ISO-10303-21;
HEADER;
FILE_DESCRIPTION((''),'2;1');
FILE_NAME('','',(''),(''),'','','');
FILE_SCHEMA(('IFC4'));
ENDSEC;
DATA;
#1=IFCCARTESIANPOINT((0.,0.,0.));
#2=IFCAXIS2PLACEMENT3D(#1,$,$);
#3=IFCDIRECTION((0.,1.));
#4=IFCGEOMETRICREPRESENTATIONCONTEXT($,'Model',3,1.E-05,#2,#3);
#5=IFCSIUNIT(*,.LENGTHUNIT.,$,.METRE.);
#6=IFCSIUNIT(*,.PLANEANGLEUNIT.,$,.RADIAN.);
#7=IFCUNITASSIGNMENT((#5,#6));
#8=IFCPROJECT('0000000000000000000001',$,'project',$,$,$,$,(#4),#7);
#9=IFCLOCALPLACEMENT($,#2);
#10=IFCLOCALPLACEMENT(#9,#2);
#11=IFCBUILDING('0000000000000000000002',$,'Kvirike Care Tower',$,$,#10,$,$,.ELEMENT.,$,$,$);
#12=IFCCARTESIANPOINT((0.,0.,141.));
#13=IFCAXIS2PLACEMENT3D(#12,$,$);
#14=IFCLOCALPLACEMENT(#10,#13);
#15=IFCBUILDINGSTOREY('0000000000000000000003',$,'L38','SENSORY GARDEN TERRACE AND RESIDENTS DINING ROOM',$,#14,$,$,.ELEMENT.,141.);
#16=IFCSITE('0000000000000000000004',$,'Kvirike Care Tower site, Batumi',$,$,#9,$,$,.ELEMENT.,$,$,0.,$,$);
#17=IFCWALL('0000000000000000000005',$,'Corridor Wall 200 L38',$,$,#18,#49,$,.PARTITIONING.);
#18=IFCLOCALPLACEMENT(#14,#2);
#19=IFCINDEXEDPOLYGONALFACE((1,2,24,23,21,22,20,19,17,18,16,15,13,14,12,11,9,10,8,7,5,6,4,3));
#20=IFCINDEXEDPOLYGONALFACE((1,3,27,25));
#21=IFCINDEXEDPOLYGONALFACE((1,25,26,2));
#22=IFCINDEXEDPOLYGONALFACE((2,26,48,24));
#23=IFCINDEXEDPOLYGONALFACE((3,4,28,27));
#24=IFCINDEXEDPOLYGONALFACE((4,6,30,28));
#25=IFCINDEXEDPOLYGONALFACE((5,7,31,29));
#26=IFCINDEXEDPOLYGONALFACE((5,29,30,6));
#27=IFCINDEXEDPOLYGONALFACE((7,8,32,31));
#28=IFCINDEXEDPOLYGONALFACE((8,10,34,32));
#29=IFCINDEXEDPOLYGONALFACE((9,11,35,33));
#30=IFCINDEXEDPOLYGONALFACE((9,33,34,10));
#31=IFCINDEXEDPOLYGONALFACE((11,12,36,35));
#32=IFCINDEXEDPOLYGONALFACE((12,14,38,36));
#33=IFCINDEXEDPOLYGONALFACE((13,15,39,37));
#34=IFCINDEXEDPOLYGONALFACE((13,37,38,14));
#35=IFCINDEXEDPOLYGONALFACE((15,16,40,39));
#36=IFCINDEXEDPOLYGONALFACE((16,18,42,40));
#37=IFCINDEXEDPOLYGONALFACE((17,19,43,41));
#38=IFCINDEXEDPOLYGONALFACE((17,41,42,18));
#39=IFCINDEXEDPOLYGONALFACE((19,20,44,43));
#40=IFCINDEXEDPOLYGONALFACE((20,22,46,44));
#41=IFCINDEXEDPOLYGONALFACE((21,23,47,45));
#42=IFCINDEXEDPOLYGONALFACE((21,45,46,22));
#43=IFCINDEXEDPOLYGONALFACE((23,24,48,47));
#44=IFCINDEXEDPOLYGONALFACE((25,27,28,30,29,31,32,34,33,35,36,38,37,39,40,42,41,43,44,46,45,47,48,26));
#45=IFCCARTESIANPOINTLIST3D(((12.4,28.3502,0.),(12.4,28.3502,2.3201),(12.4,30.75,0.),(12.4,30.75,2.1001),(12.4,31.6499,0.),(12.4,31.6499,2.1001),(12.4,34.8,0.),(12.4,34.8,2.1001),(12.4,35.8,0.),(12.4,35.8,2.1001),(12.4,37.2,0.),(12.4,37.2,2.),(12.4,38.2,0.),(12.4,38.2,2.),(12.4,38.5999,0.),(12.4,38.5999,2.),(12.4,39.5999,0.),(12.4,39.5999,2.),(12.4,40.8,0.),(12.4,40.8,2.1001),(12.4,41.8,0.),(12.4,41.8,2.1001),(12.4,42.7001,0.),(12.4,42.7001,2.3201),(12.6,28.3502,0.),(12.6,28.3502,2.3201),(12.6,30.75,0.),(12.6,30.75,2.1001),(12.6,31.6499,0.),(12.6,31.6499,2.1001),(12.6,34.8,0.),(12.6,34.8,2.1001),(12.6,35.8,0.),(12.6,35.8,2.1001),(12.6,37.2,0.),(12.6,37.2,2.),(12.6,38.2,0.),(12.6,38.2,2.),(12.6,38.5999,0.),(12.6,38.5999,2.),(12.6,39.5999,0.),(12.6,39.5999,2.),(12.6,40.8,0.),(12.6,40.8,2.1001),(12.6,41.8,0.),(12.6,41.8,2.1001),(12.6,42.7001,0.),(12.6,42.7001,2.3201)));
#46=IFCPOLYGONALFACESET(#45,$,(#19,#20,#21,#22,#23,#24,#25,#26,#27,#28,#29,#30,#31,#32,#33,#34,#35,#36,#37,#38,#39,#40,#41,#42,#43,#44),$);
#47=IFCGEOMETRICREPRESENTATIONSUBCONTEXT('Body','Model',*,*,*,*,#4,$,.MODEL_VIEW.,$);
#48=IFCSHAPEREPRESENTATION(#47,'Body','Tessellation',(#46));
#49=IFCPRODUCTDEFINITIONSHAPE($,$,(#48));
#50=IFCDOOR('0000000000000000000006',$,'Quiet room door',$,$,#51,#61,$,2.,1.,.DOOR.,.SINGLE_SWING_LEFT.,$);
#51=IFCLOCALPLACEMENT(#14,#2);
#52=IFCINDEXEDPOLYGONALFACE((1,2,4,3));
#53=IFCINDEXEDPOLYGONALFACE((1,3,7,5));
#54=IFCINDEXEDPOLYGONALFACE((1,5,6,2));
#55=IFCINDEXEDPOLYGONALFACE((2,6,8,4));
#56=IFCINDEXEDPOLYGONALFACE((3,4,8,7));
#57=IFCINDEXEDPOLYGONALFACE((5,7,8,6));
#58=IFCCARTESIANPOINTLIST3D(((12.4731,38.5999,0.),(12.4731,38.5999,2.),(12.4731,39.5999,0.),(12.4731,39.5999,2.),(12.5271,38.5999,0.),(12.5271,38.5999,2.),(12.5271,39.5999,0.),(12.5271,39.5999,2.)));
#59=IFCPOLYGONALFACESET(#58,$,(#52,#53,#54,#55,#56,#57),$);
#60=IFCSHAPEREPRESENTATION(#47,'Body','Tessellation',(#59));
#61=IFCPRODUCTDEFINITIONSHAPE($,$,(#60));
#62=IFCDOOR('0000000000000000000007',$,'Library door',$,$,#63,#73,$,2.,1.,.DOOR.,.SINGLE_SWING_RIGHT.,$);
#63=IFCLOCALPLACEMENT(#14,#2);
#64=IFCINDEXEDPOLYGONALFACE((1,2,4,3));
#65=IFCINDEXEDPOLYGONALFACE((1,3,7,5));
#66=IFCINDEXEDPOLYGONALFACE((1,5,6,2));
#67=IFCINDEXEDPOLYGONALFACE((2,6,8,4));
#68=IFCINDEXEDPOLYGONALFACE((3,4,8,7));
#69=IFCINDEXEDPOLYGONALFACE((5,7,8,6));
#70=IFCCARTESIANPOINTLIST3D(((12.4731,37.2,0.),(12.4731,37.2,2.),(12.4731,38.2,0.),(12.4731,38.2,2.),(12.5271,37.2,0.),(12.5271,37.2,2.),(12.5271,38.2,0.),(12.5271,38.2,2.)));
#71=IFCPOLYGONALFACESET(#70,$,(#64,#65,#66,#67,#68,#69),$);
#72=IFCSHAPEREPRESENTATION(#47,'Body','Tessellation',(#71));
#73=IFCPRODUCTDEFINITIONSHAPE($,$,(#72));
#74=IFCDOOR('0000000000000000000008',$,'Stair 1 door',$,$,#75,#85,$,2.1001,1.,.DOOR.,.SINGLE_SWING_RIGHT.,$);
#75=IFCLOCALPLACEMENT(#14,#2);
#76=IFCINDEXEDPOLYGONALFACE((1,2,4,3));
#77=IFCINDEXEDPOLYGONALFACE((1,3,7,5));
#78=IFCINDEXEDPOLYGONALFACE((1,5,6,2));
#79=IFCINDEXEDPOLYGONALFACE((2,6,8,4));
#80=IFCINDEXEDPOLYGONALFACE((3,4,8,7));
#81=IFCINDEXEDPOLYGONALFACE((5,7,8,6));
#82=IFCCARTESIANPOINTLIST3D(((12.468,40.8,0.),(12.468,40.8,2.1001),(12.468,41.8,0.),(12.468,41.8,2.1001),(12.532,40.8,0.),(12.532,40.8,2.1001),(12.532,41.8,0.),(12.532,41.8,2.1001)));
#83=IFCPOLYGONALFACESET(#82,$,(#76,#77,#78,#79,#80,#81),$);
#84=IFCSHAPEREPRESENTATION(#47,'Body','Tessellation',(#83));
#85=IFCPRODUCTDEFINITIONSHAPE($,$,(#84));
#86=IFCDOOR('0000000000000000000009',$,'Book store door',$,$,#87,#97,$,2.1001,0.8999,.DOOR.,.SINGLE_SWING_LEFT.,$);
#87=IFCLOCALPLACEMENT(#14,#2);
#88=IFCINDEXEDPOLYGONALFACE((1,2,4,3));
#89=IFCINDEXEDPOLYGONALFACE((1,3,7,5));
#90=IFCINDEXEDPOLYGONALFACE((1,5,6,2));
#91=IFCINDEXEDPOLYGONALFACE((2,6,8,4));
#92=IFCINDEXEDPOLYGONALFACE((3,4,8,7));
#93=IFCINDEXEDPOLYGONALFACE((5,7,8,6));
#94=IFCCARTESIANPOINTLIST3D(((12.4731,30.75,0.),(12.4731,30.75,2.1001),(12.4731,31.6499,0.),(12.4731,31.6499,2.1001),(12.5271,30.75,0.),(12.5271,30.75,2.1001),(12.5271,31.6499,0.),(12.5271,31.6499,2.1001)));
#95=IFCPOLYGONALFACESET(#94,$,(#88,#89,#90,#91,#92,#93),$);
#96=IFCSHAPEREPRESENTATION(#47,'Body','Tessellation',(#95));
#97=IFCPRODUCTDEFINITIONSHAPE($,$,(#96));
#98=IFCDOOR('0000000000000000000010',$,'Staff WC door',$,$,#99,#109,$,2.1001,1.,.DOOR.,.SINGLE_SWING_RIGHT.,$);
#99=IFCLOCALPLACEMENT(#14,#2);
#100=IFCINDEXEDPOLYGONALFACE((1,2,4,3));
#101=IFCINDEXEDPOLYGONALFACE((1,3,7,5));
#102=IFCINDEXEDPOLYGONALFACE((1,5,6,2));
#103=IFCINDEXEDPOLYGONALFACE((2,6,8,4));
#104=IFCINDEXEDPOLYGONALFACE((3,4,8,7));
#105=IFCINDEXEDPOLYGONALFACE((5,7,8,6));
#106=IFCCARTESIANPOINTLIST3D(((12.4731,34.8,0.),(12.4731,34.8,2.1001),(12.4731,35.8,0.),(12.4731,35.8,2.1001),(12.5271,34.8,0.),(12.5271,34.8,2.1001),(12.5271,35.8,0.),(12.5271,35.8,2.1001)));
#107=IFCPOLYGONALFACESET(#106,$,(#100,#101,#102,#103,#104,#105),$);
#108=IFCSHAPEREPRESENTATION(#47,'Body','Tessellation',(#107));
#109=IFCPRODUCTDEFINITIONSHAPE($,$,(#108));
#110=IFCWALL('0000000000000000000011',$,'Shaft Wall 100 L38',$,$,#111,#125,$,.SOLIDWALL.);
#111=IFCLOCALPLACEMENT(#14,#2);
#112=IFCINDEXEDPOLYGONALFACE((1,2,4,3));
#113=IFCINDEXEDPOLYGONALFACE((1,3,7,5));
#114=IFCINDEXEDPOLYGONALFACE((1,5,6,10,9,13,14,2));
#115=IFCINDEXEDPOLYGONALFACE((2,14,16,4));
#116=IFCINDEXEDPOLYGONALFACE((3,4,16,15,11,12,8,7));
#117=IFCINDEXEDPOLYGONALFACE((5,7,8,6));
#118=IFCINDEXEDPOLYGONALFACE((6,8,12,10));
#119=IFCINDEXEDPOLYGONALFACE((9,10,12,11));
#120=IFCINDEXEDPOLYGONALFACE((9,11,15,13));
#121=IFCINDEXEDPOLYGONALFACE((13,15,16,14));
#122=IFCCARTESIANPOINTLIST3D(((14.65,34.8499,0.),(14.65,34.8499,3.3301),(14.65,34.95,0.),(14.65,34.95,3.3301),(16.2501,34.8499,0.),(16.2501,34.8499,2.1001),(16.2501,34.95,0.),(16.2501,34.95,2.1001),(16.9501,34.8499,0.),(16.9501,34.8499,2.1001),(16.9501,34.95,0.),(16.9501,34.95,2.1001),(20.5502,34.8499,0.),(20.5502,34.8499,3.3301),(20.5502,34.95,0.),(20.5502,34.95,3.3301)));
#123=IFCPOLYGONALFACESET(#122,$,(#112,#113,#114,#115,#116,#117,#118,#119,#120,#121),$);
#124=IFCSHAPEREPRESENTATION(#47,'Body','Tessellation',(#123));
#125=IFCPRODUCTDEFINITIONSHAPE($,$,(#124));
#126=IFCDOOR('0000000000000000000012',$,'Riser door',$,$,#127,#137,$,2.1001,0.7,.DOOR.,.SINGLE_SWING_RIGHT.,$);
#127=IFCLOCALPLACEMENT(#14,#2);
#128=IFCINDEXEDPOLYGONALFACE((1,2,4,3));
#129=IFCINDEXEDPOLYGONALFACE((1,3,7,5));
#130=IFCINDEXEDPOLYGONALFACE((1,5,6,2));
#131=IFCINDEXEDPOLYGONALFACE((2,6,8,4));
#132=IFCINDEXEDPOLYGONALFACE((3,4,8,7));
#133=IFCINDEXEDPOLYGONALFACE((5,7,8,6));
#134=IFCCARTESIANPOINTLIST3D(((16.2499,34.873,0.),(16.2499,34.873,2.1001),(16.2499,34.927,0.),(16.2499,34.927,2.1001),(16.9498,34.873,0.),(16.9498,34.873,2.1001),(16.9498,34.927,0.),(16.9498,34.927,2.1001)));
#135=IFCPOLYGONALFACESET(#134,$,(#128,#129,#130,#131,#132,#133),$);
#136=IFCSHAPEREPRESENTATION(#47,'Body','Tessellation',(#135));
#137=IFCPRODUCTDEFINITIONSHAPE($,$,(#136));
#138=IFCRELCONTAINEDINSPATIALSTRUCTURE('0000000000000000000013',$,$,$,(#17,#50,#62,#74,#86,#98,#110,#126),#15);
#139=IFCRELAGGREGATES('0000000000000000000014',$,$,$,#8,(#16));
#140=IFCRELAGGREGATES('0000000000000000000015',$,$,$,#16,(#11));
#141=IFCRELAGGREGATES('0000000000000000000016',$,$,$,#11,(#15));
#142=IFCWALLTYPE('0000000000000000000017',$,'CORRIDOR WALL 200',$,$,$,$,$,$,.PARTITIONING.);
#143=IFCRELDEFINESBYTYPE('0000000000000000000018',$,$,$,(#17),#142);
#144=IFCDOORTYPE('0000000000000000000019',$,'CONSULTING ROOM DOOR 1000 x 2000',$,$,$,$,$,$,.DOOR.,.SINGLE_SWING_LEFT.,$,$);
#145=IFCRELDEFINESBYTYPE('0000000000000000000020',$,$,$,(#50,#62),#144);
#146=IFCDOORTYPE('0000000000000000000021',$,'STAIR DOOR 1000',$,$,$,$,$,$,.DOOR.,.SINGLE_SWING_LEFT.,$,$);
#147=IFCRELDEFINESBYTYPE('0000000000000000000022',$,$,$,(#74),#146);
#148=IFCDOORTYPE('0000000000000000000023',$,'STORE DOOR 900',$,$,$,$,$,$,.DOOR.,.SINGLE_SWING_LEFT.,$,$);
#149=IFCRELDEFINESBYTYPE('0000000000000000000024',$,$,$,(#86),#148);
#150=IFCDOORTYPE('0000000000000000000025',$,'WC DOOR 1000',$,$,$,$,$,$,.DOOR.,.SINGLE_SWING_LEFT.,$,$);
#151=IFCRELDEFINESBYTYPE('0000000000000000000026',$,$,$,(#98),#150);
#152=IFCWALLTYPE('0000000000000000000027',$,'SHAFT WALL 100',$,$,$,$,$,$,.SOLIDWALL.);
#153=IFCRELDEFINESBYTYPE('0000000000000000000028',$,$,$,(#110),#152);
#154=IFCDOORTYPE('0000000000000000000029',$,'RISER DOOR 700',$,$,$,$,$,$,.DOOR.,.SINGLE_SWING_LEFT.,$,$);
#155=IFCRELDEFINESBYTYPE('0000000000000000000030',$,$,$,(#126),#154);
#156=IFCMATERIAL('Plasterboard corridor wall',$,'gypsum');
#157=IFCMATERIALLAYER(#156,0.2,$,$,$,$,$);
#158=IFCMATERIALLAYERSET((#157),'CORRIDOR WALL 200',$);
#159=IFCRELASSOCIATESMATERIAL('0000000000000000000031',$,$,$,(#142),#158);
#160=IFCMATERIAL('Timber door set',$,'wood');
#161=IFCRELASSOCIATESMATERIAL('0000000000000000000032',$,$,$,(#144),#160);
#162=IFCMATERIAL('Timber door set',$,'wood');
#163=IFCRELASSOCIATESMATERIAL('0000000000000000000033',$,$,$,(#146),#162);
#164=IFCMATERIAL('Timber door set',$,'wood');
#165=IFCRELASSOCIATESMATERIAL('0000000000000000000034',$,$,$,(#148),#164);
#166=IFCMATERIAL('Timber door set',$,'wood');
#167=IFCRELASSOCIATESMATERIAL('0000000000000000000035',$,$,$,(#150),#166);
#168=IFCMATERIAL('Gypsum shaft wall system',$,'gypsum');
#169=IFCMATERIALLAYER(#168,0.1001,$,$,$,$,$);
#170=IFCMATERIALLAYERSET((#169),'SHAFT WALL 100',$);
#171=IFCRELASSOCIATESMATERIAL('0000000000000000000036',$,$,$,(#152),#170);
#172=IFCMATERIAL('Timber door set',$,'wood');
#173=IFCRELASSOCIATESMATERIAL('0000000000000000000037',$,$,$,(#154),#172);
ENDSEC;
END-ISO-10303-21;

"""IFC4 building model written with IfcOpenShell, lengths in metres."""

from ifc_helpers import new_model, si_unit, direction, frame, frame_2d, origin, place, context, subcontext, project, spatial, rectangle, extrude, material, layer, layer_set, type_object, element, fill, save


model = new_model("IFC4")

# Units and contexts
model_context = context("Model", 3, precision=1e-05, world=origin(), true_north=direction((0.0, 1.0)))
body_context = subcontext(model_context, "Body", "Model", "MODEL_VIEW")
ifc_project = project(units=[si_unit("LENGTHUNIT", "METRE"), si_unit("PLANEANGLEUNIT", "RADIAN")], contexts=[model_context])

# Site, building, storey
site_placement = place(None, origin())
site = spatial("IfcSite", under=ifc_project, at=site_placement, Name="Kvirike Care Tower site, Batumi", CompositionType="ELEMENT", RefElevation=0.0)
building_placement = place(site_placement, origin())
building = spatial("IfcBuilding", under=site, at=building_placement, Name="Kvirike Care Tower", CompositionType="ELEMENT")
storey_placement = place(building_placement, frame((0.0, 0.0, 141.0)))
storey = spatial("IfcBuildingStorey", under=building, at=storey_placement, Name="L38", Description="SENSORY GARDEN TERRACE AND RESIDENTS DINING ROOM", CompositionType="ELEMENT", Elevation=141.0)

# Wall, openings, doors
ifc_material_1 = material(Name="Plasterboard corridor wall", Category="gypsum")
ifc_layer_1 = layer(ifc_material_1, 0.2)
ifc_layer_set_1 = layer_set([ifc_layer_1], Name="CORRIDOR WALL 200")
wall_type_1 = type_object("IfcWallType", Name="CORRIDOR WALL 200", PredefinedType="PARTITIONING", material=ifc_layer_set_1)
wall_1_placement = place(storey_placement, frame((12.5, 42.7, 0.0), z_axis=(0.0, 0.0, 1.0), x_axis=(0.0, -1.0, 0.0)))
wall_1 = element("IfcWall", 1, at=wall_1_placement, inside=storey, type_object=wall_type_1, Name="Corridor Wall 200 L38", PredefinedType="PARTITIONING", context=body_context, shape_type="SweptSolid", body=[
    extrude(rectangle(XDim=14.3499, YDim=0.2, at=frame_2d((7.1748, 0.0))), origin(), (0.0, 0.0, 1.0), 2.3201),
])
opening_1_placement = place(wall_1_placement, frame((0.8999, 0.0, 0.0)))
opening_1 = element("IfcOpeningElement", 2, at=opening_1_placement, cuts=wall_1, PredefinedType="OPENING", context=body_context, shape_type="SweptSolid", body=[
    extrude(rectangle(XDim=1.0, YDim=2.1001, at=frame_2d((0.5, 1.05))), frame((0.0, 0.1106, 0.0), z_axis=(0.0, -1.0, 0.0), x_axis=(1.0, 0.0, 0.0)), (0.0, 0.0, 1.0), 0.2209),
])
opening_2_placement = place(wall_1_placement, frame((3.1001, 0.0, 0.0)))
opening_2 = element("IfcOpeningElement", 3, at=opening_2_placement, cuts=wall_1, PredefinedType="OPENING", context=body_context, shape_type="SweptSolid", body=[
    extrude(rectangle(XDim=1.0, YDim=2.0, at=frame_2d((0.5, 1.0))), frame((0.0, 0.1106, 0.0), z_axis=(0.0, -1.0, 0.0), x_axis=(1.0, 0.0, 0.0)), (0.0, 0.0, 1.0), 0.2209),
])
opening_3_placement = place(wall_1_placement, frame((4.5, 0.0, 0.0)))
opening_3 = element("IfcOpeningElement", 4, at=opening_3_placement, cuts=wall_1, PredefinedType="OPENING", context=body_context, shape_type="SweptSolid", body=[
    extrude(rectangle(XDim=1.0, YDim=2.0, at=frame_2d((0.5, 1.0))), frame((0.0, 0.1106, 0.0), z_axis=(0.0, -1.0, 0.0), x_axis=(1.0, 0.0, 0.0)), (0.0, 0.0, 1.0), 0.2209),
])
opening_4_placement = place(wall_1_placement, frame((6.8999, 0.0, 0.0)))
opening_4 = element("IfcOpeningElement", 5, at=opening_4_placement, cuts=wall_1, PredefinedType="OPENING", context=body_context, shape_type="SweptSolid", body=[
    extrude(rectangle(XDim=1.0, YDim=2.1001, at=frame_2d((0.5, 1.05))), frame((0.0, 0.1106, 0.0), z_axis=(0.0, -1.0, 0.0), x_axis=(1.0, 0.0, 0.0)), (0.0, 0.0, 1.0), 0.2209),
])
opening_5_placement = place(wall_1_placement, frame((11.05, 0.0, 0.0)))
opening_5 = element("IfcOpeningElement", 6, at=opening_5_placement, cuts=wall_1, PredefinedType="OPENING", context=body_context, shape_type="SweptSolid", body=[
    extrude(rectangle(XDim=0.8999, YDim=2.1001, at=frame_2d((0.45, 1.05))), frame((0.0, 0.1106, 0.0), z_axis=(0.0, -1.0, 0.0), x_axis=(1.0, 0.0, 0.0)), (0.0, 0.0, 1.0), 0.2209),
])
ifc_material_2 = material(Name="Timber door set", Category="wood")
door_type_1 = type_object("IfcDoorType", Name="CONSULTING ROOM DOOR 1000 x 2000", OperationType="SINGLE_SWING_LEFT", PredefinedType="DOOR", material=ifc_material_2)
door_1_placement = place(opening_2_placement, frame((1.0, 0.0, 0.0), z_axis=(0.0, 0.0, 1.0), x_axis=(-1.0, 0.0, 0.0)))
door_1 = element("IfcDoor", 7, at=door_1_placement, inside=storey, type_object=door_type_1, Name="Quiet room door", OperationType="SINGLE_SWING_LEFT", OverallHeight=2.0, OverallWidth=1.0, PredefinedType="DOOR", context=body_context, shape_type="SweptSolid", body=[
    extrude(rectangle(XDim=1.0, YDim=2.0, at=frame_2d((0.5, 1.0))), frame((0.0, 0.0269, 0.0), z_axis=(0.0, -1.0, 0.0), x_axis=(1.0, 0.0, 0.0)), (0.0, 0.0, 1.0), 0.054),
])
fill(opening_2, door_1)
door_2_placement = place(opening_3_placement, frame((1.0, 0.0, 0.0), z_axis=(0.0, 0.0, 1.0), x_axis=(-1.0, 0.0, 0.0)))
door_2 = element("IfcDoor", 8, at=door_2_placement, inside=storey, type_object=door_type_1, Name="Library door", OperationType="SINGLE_SWING_RIGHT", OverallHeight=2.0, OverallWidth=1.0, PredefinedType="DOOR", context=body_context, shape_type="SweptSolid", body=[
    extrude(rectangle(XDim=1.0, YDim=2.0, at=frame_2d((0.5, 1.0))), frame((0.0, 0.0269, 0.0), z_axis=(0.0, -1.0, 0.0), x_axis=(1.0, 0.0, 0.0)), (0.0, 0.0, 1.0), 0.054),
])
fill(opening_3, door_2)
ifc_material_3 = material(Name="Timber door set", Category="wood")
door_type_2 = type_object("IfcDoorType", Name="STAIR DOOR 1000", OperationType="SINGLE_SWING_LEFT", PredefinedType="DOOR", material=ifc_material_3)
door_3_placement = place(opening_1_placement, frame((1.0, 0.0, 0.0), z_axis=(0.0, 0.0, 1.0), x_axis=(-1.0, 0.0, 0.0)))
door_3 = element("IfcDoor", 9, at=door_3_placement, inside=storey, type_object=door_type_2, Name="Stair 1 door", OperationType="SINGLE_SWING_RIGHT", OverallHeight=2.1001, OverallWidth=1.0, PredefinedType="DOOR", context=body_context, shape_type="SweptSolid", body=[
    extrude(rectangle(XDim=1.0, YDim=2.1001, at=frame_2d((0.5, 1.05))), frame((0.0, 0.032, 0.0), z_axis=(0.0, -1.0, 0.0), x_axis=(1.0, 0.0, 0.0)), (0.0, 0.0, 1.0), 0.064),
])
fill(opening_1, door_3)
ifc_material_4 = material(Name="Timber door set", Category="wood")
door_type_3 = type_object("IfcDoorType", Name="STORE DOOR 900", OperationType="SINGLE_SWING_LEFT", PredefinedType="DOOR", material=ifc_material_4)
door_4_placement = place(opening_5_placement, frame((0.8999, 0.0, 0.0), z_axis=(0.0, 0.0, 1.0), x_axis=(-1.0, 0.0, 0.0)))
door_4 = element("IfcDoor", 10, at=door_4_placement, inside=storey, type_object=door_type_3, Name="Book store door", OperationType="SINGLE_SWING_LEFT", OverallHeight=2.1001, OverallWidth=0.8999, PredefinedType="DOOR", context=body_context, shape_type="SweptSolid", body=[
    extrude(rectangle(XDim=0.8999, YDim=2.1001, at=frame_2d((0.45, 1.05))), frame((0.0, 0.0269, 0.0), z_axis=(0.0, -1.0, 0.0), x_axis=(1.0, 0.0, 0.0)), (0.0, 0.0, 1.0), 0.054),
])
fill(opening_5, door_4)
ifc_material_5 = material(Name="Timber door set", Category="wood")
door_type_4 = type_object("IfcDoorType", Name="WC DOOR 1000", OperationType="SINGLE_SWING_LEFT", PredefinedType="DOOR", material=ifc_material_5)
door_5_placement = place(opening_4_placement, frame((1.0, 0.0, 0.0), z_axis=(0.0, 0.0, 1.0), x_axis=(-1.0, 0.0, 0.0)))
door_5 = element("IfcDoor", 11, at=door_5_placement, inside=storey, type_object=door_type_4, Name="Staff WC door", OperationType="SINGLE_SWING_RIGHT", OverallHeight=2.1001, OverallWidth=1.0, PredefinedType="DOOR", context=body_context, shape_type="SweptSolid", body=[
    extrude(rectangle(XDim=1.0, YDim=2.1001, at=frame_2d((0.5, 1.05))), frame((0.0, 0.0269, 0.0), z_axis=(0.0, -1.0, 0.0), x_axis=(1.0, 0.0, 0.0)), (0.0, 0.0, 1.0), 0.054),
])
fill(opening_4, door_5)

# Wall, opening, door
ifc_material_6 = material(Name="Gypsum shaft wall system", Category="gypsum")
ifc_layer_2 = layer(ifc_material_6, 0.1001)
ifc_layer_set_2 = layer_set([ifc_layer_2], Name="SHAFT WALL 100")
wall_type_2 = type_object("IfcWallType", Name="SHAFT WALL 100", PredefinedType="SOLIDWALL", material=ifc_layer_set_2)
wall_2_placement = place(storey_placement, frame((14.6499, 34.8999, 0.0), z_axis=(0.0, 0.0, 1.0), x_axis=(1.0, 0.0, 0.0)))
wall_2 = element("IfcWall", 12, at=wall_2_placement, inside=storey, type_object=wall_type_2, Name="Shaft Wall 100 L38", PredefinedType="SOLIDWALL", context=body_context, shape_type="SweptSolid", body=[
    extrude(rectangle(XDim=5.9001, YDim=0.1001, at=frame_2d((2.9502, 0.0))), origin(), (0.0, 0.0, 1.0), 3.3301),
])
opening_6_placement = place(wall_2_placement, frame((1.6001, 0.0, 0.0)))
opening_6 = element("IfcOpeningElement", 13, at=opening_6_placement, cuts=wall_2, PredefinedType="OPENING", context=body_context, shape_type="SweptSolid", body=[
    extrude(rectangle(XDim=0.7, YDim=2.1001, at=frame_2d((0.3501, 1.05))), frame((0.0, 0.0605, 0.0), z_axis=(0.0, -1.0, 0.0), x_axis=(1.0, 0.0, 0.0)), (0.0, 0.0, 1.0), 0.1211),
])
ifc_material_7 = material(Name="Timber door set", Category="wood")
door_type_5 = type_object("IfcDoorType", Name="RISER DOOR 700", OperationType="SINGLE_SWING_LEFT", PredefinedType="DOOR", material=ifc_material_7)
door_6_placement = place(opening_6_placement, frame((0.7, 0.0, 0.0), z_axis=(0.0, 0.0, 1.0), x_axis=(-1.0, 0.0, 0.0)))
door_6 = element("IfcDoor", 14, at=door_6_placement, inside=storey, type_object=door_type_5, Name="Riser door", OperationType="SINGLE_SWING_RIGHT", OverallHeight=2.1001, OverallWidth=0.7, PredefinedType="DOOR", context=body_context, shape_type="SweptSolid", body=[
    extrude(rectangle(XDim=0.7, YDim=2.1001, at=frame_2d((0.3501, 1.05))), frame((0.0, 0.0269, 0.0), z_axis=(0.0, -1.0, 0.0), x_axis=(1.0, 0.0, 0.0)), (0.0, 0.0, 1.0), 0.054),
])
fill(opening_6, door_6)

save(model, "model.ifc")
